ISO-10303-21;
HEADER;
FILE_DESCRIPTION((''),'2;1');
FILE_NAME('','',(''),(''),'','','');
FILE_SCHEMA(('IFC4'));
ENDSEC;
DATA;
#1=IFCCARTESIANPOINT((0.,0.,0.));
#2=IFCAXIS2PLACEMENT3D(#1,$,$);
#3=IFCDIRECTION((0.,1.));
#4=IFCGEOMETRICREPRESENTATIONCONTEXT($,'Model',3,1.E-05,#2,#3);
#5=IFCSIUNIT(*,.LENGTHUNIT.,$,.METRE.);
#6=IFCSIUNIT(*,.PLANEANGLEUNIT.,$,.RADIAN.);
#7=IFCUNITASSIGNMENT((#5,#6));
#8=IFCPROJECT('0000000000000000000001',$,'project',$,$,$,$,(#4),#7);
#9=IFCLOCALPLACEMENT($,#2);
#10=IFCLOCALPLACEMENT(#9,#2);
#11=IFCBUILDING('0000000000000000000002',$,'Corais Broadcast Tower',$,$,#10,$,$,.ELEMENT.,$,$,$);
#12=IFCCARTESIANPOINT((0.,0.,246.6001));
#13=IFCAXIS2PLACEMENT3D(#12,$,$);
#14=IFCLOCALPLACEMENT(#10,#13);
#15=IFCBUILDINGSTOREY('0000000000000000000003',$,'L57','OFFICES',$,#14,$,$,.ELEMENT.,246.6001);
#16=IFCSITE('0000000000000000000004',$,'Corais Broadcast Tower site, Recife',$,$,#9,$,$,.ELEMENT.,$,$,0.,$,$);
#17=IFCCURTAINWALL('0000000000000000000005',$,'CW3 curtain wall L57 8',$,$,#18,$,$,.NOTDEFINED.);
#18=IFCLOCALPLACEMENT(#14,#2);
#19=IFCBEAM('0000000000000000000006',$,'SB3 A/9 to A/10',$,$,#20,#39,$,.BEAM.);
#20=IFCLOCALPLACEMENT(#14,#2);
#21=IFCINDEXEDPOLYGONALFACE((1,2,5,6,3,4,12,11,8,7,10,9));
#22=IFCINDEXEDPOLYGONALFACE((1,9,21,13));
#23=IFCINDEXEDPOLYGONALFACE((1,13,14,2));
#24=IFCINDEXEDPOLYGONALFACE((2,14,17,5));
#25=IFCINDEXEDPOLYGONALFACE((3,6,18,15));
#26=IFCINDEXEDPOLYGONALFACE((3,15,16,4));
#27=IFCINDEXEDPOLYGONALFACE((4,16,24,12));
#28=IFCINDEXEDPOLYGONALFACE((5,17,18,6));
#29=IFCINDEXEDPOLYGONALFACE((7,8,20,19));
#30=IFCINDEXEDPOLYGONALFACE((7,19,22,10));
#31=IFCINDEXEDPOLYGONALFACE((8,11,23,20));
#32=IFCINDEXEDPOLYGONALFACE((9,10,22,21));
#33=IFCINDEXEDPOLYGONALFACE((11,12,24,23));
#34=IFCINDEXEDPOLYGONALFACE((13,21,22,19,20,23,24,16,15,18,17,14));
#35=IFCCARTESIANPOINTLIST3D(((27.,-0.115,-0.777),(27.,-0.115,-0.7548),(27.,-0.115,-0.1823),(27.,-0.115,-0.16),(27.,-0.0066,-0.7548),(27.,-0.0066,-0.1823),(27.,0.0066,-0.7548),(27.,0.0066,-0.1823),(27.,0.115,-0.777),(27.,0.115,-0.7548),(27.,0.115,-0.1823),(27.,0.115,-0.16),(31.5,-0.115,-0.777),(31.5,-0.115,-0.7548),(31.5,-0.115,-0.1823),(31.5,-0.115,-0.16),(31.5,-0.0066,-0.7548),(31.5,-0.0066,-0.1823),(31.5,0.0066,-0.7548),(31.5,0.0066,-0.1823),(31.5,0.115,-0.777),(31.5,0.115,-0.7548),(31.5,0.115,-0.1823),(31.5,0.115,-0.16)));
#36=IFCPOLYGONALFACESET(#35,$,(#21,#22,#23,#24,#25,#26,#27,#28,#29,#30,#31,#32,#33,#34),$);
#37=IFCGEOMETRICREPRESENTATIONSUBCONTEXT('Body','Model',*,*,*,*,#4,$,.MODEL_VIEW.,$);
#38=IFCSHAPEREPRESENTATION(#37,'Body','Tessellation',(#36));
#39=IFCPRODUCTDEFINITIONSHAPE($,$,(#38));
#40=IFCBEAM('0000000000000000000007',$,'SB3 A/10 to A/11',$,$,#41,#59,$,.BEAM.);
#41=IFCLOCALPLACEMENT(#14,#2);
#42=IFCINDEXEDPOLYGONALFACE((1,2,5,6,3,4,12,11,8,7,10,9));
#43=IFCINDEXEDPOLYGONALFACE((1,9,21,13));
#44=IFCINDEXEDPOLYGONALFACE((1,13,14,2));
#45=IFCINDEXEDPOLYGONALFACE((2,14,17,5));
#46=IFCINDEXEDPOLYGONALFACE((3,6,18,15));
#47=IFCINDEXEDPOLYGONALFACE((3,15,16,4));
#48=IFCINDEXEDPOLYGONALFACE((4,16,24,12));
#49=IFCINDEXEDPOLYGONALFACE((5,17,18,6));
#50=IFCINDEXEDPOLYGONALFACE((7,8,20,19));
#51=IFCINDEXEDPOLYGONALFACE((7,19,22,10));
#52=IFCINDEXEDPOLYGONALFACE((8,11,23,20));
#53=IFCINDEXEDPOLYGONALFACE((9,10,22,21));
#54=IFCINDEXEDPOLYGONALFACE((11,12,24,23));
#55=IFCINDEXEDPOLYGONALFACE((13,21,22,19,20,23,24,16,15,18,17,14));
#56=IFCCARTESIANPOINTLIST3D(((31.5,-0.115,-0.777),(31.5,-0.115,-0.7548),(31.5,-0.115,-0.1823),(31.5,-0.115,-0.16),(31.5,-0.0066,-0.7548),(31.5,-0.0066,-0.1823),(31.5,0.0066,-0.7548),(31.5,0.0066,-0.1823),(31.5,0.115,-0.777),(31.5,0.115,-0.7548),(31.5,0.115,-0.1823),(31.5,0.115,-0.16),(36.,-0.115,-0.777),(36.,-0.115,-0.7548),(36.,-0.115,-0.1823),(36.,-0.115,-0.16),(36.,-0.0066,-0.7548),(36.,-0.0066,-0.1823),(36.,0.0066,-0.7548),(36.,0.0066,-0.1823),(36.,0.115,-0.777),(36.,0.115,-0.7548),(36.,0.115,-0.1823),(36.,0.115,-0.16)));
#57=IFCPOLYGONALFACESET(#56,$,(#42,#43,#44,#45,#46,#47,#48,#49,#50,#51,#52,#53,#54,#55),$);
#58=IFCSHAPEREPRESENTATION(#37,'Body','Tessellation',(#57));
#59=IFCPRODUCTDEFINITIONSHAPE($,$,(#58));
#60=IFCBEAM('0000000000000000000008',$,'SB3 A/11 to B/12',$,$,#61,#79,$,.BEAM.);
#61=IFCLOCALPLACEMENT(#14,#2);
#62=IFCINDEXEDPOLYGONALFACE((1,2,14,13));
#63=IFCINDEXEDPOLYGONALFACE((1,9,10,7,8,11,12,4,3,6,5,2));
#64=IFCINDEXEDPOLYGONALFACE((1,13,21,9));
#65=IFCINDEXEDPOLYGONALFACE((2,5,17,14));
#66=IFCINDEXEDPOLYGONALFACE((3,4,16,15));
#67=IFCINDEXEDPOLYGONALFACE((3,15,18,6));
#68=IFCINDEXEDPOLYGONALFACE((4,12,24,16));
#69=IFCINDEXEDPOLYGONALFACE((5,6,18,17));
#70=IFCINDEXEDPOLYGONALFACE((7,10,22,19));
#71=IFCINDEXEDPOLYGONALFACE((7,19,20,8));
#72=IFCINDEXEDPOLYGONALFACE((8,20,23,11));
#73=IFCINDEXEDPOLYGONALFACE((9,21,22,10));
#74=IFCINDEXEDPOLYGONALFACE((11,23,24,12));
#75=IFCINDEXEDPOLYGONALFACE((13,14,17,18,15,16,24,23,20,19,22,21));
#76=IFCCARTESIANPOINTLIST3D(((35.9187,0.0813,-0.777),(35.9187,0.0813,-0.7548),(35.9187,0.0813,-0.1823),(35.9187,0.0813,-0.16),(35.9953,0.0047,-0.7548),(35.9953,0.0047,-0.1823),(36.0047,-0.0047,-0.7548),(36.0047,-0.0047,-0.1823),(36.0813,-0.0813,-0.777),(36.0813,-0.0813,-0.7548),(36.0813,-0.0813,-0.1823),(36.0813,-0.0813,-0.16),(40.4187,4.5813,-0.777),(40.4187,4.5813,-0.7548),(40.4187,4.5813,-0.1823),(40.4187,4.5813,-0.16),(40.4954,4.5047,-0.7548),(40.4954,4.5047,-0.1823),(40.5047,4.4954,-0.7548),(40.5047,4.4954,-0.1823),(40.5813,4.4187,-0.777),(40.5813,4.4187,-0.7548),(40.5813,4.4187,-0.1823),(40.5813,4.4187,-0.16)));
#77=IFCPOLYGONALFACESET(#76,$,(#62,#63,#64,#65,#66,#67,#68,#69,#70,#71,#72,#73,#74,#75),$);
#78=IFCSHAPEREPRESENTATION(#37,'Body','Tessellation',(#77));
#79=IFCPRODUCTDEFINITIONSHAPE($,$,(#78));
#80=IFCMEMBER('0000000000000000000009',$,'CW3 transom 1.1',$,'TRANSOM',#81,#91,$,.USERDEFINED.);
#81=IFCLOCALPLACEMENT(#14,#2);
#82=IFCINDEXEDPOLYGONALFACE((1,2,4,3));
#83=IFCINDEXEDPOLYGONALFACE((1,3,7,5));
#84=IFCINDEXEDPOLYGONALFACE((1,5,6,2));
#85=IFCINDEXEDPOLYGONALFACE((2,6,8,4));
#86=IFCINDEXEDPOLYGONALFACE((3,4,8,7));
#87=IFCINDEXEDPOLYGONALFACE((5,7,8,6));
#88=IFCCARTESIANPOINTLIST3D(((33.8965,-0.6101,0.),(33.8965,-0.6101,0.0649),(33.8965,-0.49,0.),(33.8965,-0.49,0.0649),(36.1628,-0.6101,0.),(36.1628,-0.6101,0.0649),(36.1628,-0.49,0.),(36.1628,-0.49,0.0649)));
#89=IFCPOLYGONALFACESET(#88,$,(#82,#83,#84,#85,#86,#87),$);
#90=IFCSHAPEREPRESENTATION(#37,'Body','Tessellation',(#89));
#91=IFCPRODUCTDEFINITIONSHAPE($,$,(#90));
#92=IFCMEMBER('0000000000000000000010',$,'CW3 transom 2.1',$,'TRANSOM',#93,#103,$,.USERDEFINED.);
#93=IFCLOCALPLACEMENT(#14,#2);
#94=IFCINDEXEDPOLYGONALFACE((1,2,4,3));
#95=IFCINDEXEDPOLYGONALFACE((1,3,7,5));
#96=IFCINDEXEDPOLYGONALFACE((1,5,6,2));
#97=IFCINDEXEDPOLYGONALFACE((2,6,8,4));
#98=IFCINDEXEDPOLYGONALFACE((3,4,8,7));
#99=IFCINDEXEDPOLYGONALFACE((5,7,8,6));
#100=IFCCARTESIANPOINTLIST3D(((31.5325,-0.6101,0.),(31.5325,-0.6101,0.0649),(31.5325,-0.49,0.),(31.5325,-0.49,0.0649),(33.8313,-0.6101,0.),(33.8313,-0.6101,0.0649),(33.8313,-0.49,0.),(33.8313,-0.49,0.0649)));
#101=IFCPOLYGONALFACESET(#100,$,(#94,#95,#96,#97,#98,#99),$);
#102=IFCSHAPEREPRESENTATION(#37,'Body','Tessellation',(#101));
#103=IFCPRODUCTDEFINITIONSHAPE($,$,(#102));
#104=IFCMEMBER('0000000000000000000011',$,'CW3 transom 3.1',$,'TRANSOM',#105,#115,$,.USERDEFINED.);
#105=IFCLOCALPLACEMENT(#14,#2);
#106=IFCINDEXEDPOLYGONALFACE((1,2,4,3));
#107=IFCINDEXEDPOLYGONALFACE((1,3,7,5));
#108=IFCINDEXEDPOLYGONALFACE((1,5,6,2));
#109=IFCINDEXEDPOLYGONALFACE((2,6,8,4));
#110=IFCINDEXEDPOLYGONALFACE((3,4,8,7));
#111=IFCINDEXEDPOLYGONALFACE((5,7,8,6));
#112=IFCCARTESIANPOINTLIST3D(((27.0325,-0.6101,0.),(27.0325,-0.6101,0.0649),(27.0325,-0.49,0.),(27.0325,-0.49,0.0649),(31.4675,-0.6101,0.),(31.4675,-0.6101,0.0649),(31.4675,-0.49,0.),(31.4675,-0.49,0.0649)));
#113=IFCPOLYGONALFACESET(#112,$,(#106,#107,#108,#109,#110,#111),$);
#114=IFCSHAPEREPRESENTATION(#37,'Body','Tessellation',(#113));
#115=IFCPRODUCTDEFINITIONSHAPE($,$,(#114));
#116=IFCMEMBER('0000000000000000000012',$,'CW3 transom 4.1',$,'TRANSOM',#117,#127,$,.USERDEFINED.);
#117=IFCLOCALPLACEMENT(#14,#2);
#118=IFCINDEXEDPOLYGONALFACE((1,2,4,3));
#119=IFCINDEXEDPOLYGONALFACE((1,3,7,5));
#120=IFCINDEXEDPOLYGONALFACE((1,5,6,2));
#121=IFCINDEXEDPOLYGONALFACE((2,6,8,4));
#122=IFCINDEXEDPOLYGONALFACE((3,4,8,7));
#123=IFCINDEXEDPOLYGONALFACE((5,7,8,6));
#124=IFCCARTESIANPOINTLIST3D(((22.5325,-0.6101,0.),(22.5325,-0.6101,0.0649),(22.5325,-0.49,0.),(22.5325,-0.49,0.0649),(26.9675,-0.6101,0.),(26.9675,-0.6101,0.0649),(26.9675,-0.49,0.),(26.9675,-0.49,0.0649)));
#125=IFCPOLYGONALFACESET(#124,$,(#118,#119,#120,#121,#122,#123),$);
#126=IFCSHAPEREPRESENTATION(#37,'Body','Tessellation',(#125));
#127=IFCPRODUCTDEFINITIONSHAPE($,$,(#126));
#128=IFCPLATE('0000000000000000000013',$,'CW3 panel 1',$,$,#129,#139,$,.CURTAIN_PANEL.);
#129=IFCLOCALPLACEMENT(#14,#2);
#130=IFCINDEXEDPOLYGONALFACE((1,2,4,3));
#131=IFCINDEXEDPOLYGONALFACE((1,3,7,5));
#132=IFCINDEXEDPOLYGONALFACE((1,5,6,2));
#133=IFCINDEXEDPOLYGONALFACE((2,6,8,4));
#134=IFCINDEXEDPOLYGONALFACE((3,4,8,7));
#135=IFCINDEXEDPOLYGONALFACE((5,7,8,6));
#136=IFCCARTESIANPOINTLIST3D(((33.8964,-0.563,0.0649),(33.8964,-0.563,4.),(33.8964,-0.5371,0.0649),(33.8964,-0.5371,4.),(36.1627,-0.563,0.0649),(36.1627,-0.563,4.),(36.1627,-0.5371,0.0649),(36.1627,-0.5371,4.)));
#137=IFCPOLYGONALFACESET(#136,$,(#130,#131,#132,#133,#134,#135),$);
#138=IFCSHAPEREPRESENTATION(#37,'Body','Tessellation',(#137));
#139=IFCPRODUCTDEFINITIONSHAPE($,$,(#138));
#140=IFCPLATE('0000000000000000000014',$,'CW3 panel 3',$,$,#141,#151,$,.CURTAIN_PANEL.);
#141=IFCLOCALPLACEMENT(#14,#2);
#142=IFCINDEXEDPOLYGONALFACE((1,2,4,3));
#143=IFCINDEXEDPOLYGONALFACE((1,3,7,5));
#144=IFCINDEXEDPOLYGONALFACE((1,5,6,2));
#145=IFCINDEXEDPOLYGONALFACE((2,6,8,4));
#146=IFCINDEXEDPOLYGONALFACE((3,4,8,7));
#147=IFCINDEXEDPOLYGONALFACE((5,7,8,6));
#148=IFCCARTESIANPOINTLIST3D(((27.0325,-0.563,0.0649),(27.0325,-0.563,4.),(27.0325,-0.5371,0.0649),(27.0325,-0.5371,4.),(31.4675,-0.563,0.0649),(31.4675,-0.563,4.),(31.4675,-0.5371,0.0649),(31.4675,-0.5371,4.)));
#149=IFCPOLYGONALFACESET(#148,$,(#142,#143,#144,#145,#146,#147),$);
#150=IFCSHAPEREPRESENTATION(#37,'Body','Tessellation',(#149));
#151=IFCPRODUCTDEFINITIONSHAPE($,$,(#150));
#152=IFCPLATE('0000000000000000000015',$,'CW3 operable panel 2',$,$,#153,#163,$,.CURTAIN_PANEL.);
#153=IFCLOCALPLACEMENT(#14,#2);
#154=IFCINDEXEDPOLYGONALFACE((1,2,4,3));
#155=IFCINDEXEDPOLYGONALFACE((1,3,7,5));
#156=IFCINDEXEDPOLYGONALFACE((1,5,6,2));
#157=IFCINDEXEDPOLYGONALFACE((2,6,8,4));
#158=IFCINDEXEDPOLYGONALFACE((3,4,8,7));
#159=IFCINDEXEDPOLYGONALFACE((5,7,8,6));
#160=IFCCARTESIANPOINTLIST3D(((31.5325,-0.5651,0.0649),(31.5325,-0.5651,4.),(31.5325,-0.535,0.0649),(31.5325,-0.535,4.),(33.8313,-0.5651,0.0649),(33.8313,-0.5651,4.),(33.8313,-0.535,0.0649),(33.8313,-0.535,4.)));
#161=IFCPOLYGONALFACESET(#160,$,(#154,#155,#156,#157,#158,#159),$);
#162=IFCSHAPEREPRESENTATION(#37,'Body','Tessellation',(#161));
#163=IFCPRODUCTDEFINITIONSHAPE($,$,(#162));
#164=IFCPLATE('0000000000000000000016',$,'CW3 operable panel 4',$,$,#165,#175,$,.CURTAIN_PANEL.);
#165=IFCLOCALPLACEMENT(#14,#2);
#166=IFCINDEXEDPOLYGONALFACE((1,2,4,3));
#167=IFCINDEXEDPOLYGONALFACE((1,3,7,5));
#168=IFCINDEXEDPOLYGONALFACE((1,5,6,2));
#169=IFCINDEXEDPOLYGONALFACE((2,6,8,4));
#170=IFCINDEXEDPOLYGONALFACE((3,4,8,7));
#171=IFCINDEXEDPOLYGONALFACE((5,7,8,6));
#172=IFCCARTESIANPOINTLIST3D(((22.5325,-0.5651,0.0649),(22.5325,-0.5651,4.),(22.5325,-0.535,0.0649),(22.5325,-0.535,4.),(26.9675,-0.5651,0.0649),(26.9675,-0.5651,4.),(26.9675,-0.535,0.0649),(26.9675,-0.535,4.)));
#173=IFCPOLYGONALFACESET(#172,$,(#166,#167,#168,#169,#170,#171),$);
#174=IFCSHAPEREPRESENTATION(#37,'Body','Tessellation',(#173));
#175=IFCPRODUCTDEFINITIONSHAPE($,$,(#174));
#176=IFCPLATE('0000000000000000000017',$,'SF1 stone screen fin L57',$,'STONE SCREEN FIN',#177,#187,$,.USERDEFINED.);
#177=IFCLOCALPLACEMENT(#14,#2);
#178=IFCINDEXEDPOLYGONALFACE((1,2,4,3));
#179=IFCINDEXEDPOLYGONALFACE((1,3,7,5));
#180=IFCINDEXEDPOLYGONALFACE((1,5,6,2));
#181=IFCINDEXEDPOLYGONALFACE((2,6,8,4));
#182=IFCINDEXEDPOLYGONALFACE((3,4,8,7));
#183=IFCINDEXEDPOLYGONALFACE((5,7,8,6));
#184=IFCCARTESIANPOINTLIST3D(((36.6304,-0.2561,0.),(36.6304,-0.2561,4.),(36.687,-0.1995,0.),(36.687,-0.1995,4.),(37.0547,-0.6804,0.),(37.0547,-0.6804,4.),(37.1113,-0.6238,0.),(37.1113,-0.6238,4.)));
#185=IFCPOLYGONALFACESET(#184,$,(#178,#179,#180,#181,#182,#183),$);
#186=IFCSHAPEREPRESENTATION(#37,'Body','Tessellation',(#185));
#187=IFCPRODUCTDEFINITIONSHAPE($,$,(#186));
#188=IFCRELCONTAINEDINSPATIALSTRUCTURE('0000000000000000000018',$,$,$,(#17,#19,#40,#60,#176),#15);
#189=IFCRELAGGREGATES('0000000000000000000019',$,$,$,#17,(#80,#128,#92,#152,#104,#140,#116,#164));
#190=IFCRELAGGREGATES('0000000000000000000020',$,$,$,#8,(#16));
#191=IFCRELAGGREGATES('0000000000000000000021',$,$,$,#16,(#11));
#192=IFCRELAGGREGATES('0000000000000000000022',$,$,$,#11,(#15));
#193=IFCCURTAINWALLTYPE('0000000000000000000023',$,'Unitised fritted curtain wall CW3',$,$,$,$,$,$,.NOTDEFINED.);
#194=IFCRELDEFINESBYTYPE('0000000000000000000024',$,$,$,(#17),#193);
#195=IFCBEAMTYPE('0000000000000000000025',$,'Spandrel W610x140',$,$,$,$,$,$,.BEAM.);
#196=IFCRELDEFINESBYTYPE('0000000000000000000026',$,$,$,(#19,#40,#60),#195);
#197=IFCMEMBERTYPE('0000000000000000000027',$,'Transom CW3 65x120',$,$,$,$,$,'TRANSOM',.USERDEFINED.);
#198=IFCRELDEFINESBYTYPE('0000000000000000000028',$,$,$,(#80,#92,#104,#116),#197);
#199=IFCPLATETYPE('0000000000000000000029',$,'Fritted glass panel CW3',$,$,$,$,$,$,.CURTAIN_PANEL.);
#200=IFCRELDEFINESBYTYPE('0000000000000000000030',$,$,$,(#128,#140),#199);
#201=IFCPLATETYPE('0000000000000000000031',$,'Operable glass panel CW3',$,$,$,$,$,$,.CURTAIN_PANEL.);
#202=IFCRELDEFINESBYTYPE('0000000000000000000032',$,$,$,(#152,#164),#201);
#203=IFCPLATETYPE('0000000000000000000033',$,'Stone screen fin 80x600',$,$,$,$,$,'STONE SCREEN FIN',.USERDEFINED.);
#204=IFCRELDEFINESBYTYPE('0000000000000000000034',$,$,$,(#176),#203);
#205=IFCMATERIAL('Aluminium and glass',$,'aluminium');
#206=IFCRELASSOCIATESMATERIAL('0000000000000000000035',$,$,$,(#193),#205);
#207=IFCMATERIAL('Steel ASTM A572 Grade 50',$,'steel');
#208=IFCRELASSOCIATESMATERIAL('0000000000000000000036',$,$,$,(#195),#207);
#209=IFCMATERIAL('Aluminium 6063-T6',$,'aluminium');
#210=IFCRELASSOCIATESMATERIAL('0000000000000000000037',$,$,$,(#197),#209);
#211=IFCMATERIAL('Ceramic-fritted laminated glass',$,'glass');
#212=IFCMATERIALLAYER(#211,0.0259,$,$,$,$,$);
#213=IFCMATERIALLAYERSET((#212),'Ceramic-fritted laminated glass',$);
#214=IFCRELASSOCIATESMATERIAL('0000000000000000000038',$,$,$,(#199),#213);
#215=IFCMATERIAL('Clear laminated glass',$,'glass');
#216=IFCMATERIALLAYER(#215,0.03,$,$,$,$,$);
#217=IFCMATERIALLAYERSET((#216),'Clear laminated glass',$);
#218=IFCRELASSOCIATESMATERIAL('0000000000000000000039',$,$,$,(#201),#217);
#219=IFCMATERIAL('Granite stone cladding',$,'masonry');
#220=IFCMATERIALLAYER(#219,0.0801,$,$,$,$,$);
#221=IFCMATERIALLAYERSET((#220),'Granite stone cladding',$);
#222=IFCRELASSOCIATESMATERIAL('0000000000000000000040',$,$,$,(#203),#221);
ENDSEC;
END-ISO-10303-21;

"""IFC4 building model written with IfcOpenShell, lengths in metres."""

from ifc_helpers import new_model, si_unit, direction, frame, origin, origin_2d, place, context, subcontext, project, spatial, rectangle, i_section, extrude, material, layer, layer_set, material_profile, profile_set, type_object, element, aggregate, save


model = new_model("IFC4")

# Units and contexts
model_context = context("Model", 3, precision=1e-05, world=origin(), true_north=direction((0.0, 1.0)))
body_context = subcontext(model_context, "Body", "Model", "MODEL_VIEW")
ifc_project = project(units=[si_unit("LENGTHUNIT", "METRE"), si_unit("PLANEANGLEUNIT", "RADIAN")], contexts=[model_context])

# Site, building, storey
site_placement = place(None, origin())
site = spatial("IfcSite", under=ifc_project, at=site_placement, Name="Corais Broadcast Tower site, Recife", CompositionType="ELEMENT", RefElevation=0.0)
building_placement = place(site_placement, origin())
building = spatial("IfcBuilding", under=site, at=building_placement, Name="Corais Broadcast Tower", CompositionType="ELEMENT")
storey_placement = place(building_placement, frame((0.0, 0.0, 246.6001)))
storey = spatial("IfcBuildingStorey", under=building, at=storey_placement, Name="L57", Description="OFFICES", CompositionType="ELEMENT", Elevation=246.6001)

# Shared definitions
ifc_material_1 = material(Name="Aluminium and glass", Category="aluminium")
curtain_wall_type = type_object("IfcCurtainWallType", Name="Unitised fritted curtain wall CW3", PredefinedType="NOTDEFINED", material=ifc_material_1)

# Curtain wall
curtain_wall_1_placement = place(storey_placement, origin())
curtain_wall_1 = element("IfcCurtainWall", 1, at=curtain_wall_1_placement, inside=storey, type_object=curtain_wall_type, Name="CW3 curtain wall L57 8", PredefinedType="NOTDEFINED")

# Beams
ifc_material_2 = material(Name="Steel ASTM A572 Grade 50", Category="steel")
ifc_material_profile_1 = material_profile(ifc_material_2, i_section(OverallWidth=0.23, OverallDepth=0.6169, WebThickness=0.0132, FlangeThickness=0.0222, at=origin_2d()), Name="W610x140")
ifc_profile_set_1 = profile_set([ifc_material_profile_1], Name="Steel ASTM A572 Grade 50")
beam_type_1 = type_object("IfcBeamType", Name="Spandrel W610x140", PredefinedType="BEAM", material=ifc_profile_set_1)
for number, where, z_axis, x_axis, name in (
    (2, (27.0, 0.0, -0.4685), (1.0, 0.0, 0.0), (0.0, 1.0, 0.0), "SB3 A/9 to A/10"),
    (3, (31.5, 0.0, -0.4685), (1.0, 0.0, 0.0), (0.0, 1.0, 0.0), "SB3 A/10 to A/11"),
):
    element("IfcBeam", number, at=place(storey_placement, frame(where, z_axis=z_axis, x_axis=x_axis)), inside=storey, type_object=beam_type_1, Name=name, PredefinedType="BEAM", context=body_context, shape_type="SweptSolid", body=[
        extrude(i_section(OverallWidth=0.23, OverallDepth=0.6169, WebThickness=0.0132, FlangeThickness=0.0222, at=origin_2d()), origin(), (0.0, 0.0, 1.0), 4.5),
    ])
beam_placement = place(storey_placement, frame((36.0, 0.0, -0.4685), z_axis=(0.707107, 0.707107, 0.0), x_axis=(-0.707107, 0.707107, 0.0)))
element("IfcBeam", 4, at=beam_placement, inside=storey, type_object=beam_type_1, Name="SB3 A/11 to B/12", PredefinedType="BEAM", context=body_context, shape_type="SweptSolid", body=[
    extrude(i_section(OverallWidth=0.23, OverallDepth=0.6169, WebThickness=0.0132, FlangeThickness=0.0222, at=origin_2d()), origin(), (0.0, 0.0, 1.0), 6.364),
])

# Members
ifc_material_3 = material(Name="Aluminium 6063-T6", Category="aluminium")
ifc_material_profile_2 = material_profile(ifc_material_3, rectangle(XDim=0.1201, YDim=0.0649, at=origin_2d()), Name="Transom CW3 65x120")
ifc_profile_set_2 = profile_set([ifc_material_profile_2], Name="Aluminium 6063-T6")
member_type_1 = type_object("IfcMemberType", Name="Transom CW3 65x120", ElementType="TRANSOM", PredefinedType="USERDEFINED", material=ifc_profile_set_2)
member_1_placement = place(storey_placement, frame((36.1628, -0.55, 0.0325), z_axis=(-1.0, 0.0, 0.0), x_axis=(0.0, -1.0, 0.0)))
member_1 = element("IfcMember", 5, at=member_1_placement, type_object=member_type_1, Name="CW3 transom 1.1", ObjectType="TRANSOM", PredefinedType="USERDEFINED", context=body_context, shape_type="SweptSolid", body=[
    extrude(rectangle(XDim=0.1201, YDim=0.0649, at=origin_2d()), origin(), (0.0, 0.0, 1.0), 2.2664),
])
member_2_placement = place(storey_placement, frame((33.8313, -0.55, 0.0325), z_axis=(-1.0, 0.0, 0.0), x_axis=(0.0, -1.0, 0.0)))
member_2 = element("IfcMember", 6, at=member_2_placement, type_object=member_type_1, Name="CW3 transom 2.1", ObjectType="TRANSOM", PredefinedType="USERDEFINED", context=body_context, shape_type="SweptSolid", body=[
    extrude(rectangle(XDim=0.1201, YDim=0.0649, at=origin_2d()), origin(), (0.0, 0.0, 1.0), 2.2988),
])
member_3_placement = place(storey_placement, frame((31.4675, -0.55, 0.0325), z_axis=(-1.0, 0.0, 0.0), x_axis=(0.0, -1.0, 0.0)))
member_3 = element("IfcMember", 7, at=member_3_placement, type_object=member_type_1, Name="CW3 transom 3.1", ObjectType="TRANSOM", PredefinedType="USERDEFINED", context=body_context, shape_type="SweptSolid", body=[
    extrude(rectangle(XDim=0.1201, YDim=0.0649, at=origin_2d()), origin(), (0.0, 0.0, 1.0), 4.4351),
])
member_4_placement = place(storey_placement, frame((26.9675, -0.55, 0.0325), z_axis=(-1.0, 0.0, 0.0), x_axis=(0.0, -1.0, 0.0)))
member_4 = element("IfcMember", 8, at=member_4_placement, type_object=member_type_1, Name="CW3 transom 4.1", ObjectType="TRANSOM", PredefinedType="USERDEFINED", context=body_context, shape_type="SweptSolid", body=[
    extrude(rectangle(XDim=0.1201, YDim=0.0649, at=origin_2d()), origin(), (0.0, 0.0, 1.0), 4.4351),
])

# Plates
ifc_material_4 = material(Name="Ceramic-fritted laminated glass", Category="glass")
ifc_layer_1 = layer(ifc_material_4, 0.0259)
ifc_layer_set_1 = layer_set([ifc_layer_1], Name="Ceramic-fritted laminated glass")
plate_type_1 = type_object("IfcPlateType", Name="Fritted glass panel CW3", PredefinedType="CURTAIN_PANEL", material=ifc_layer_set_1)
plate_1_placement = place(storey_placement, frame((35.0295, -0.55, 0.0649), z_axis=(0.0, 0.0, 1.0), x_axis=(-1.0, 0.0, 0.0)))
plate_1 = element("IfcPlate", 9, at=plate_1_placement, type_object=plate_type_1, Name="CW3 panel 1", PredefinedType="CURTAIN_PANEL", context=body_context, shape_type="SweptSolid", body=[
    extrude(rectangle(XDim=2.2664, YDim=0.0259, at=origin_2d()), origin(), (0.0, 0.0, 1.0), 3.9351),
])
plate_2_placement = place(storey_placement, frame((29.25, -0.55, 0.0649), z_axis=(0.0, 0.0, 1.0), x_axis=(-1.0, 0.0, 0.0)))
plate_2 = element("IfcPlate", 10, at=plate_2_placement, type_object=plate_type_1, Name="CW3 panel 3", PredefinedType="CURTAIN_PANEL", context=body_context, shape_type="SweptSolid", body=[
    extrude(rectangle(XDim=4.4351, YDim=0.0259, at=origin_2d()), origin(), (0.0, 0.0, 1.0), 3.9351),
])
ifc_material_5 = material(Name="Clear laminated glass", Category="glass")
ifc_layer_2 = layer(ifc_material_5, 0.03)
ifc_layer_set_2 = layer_set([ifc_layer_2], Name="Clear laminated glass")
plate_type_2 = type_object("IfcPlateType", Name="Operable glass panel CW3", PredefinedType="CURTAIN_PANEL", material=ifc_layer_set_2)
plate_3_placement = place(storey_placement, frame((32.6819, -0.55, 0.0649), z_axis=(0.0, 0.0, 1.0), x_axis=(-1.0, 0.0, 0.0)))
plate_3 = element("IfcPlate", 11, at=plate_3_placement, type_object=plate_type_2, Name="CW3 operable panel 2", PredefinedType="CURTAIN_PANEL", context=body_context, shape_type="SweptSolid", body=[
    extrude(rectangle(XDim=2.2988, YDim=0.03, at=origin_2d()), origin(), (0.0, 0.0, 1.0), 3.9351),
])
plate_4_placement = place(storey_placement, frame((24.75, -0.55, 0.0649), z_axis=(0.0, 0.0, 1.0), x_axis=(-1.0, 0.0, 0.0)))
plate_4 = element("IfcPlate", 12, at=plate_4_placement, type_object=plate_type_2, Name="CW3 operable panel 4", PredefinedType="CURTAIN_PANEL", context=body_context, shape_type="SweptSolid", body=[
    extrude(rectangle(XDim=4.4351, YDim=0.03, at=origin_2d()), origin(), (0.0, 0.0, 1.0), 3.9351),
])
aggregate(curtain_wall_1, [member_1, plate_1, member_2, plate_3, member_3, plate_2, member_4, plate_4])
ifc_material_6 = material(Name="Granite stone cladding", Category="masonry")
ifc_layer_3 = layer(ifc_material_6, 0.0801)
ifc_layer_set_3 = layer_set([ifc_layer_3], Name="Granite stone cladding")
plate_type_3 = type_object("IfcPlateType", Name="Stone screen fin 80x600", ElementType="STONE SCREEN FIN", PredefinedType="USERDEFINED", material=ifc_layer_set_3)
plate_5_placement = place(storey_placement, frame((36.8708, -0.4399, 0.0), z_axis=(0.0, 0.0, 1.0), x_axis=(-0.707107, -0.707107, 0.0)))
element("IfcPlate", 13, at=plate_5_placement, inside=storey, type_object=plate_type_3, Name="SF1 stone screen fin L57", ObjectType="STONE SCREEN FIN", PredefinedType="USERDEFINED", context=body_context, shape_type="SweptSolid", body=[
    extrude(rectangle(XDim=0.0801, YDim=0.6001, at=origin_2d()), origin(), (0.0, 0.0, 1.0), 4.0),
])

save(model, "model.ifc")
